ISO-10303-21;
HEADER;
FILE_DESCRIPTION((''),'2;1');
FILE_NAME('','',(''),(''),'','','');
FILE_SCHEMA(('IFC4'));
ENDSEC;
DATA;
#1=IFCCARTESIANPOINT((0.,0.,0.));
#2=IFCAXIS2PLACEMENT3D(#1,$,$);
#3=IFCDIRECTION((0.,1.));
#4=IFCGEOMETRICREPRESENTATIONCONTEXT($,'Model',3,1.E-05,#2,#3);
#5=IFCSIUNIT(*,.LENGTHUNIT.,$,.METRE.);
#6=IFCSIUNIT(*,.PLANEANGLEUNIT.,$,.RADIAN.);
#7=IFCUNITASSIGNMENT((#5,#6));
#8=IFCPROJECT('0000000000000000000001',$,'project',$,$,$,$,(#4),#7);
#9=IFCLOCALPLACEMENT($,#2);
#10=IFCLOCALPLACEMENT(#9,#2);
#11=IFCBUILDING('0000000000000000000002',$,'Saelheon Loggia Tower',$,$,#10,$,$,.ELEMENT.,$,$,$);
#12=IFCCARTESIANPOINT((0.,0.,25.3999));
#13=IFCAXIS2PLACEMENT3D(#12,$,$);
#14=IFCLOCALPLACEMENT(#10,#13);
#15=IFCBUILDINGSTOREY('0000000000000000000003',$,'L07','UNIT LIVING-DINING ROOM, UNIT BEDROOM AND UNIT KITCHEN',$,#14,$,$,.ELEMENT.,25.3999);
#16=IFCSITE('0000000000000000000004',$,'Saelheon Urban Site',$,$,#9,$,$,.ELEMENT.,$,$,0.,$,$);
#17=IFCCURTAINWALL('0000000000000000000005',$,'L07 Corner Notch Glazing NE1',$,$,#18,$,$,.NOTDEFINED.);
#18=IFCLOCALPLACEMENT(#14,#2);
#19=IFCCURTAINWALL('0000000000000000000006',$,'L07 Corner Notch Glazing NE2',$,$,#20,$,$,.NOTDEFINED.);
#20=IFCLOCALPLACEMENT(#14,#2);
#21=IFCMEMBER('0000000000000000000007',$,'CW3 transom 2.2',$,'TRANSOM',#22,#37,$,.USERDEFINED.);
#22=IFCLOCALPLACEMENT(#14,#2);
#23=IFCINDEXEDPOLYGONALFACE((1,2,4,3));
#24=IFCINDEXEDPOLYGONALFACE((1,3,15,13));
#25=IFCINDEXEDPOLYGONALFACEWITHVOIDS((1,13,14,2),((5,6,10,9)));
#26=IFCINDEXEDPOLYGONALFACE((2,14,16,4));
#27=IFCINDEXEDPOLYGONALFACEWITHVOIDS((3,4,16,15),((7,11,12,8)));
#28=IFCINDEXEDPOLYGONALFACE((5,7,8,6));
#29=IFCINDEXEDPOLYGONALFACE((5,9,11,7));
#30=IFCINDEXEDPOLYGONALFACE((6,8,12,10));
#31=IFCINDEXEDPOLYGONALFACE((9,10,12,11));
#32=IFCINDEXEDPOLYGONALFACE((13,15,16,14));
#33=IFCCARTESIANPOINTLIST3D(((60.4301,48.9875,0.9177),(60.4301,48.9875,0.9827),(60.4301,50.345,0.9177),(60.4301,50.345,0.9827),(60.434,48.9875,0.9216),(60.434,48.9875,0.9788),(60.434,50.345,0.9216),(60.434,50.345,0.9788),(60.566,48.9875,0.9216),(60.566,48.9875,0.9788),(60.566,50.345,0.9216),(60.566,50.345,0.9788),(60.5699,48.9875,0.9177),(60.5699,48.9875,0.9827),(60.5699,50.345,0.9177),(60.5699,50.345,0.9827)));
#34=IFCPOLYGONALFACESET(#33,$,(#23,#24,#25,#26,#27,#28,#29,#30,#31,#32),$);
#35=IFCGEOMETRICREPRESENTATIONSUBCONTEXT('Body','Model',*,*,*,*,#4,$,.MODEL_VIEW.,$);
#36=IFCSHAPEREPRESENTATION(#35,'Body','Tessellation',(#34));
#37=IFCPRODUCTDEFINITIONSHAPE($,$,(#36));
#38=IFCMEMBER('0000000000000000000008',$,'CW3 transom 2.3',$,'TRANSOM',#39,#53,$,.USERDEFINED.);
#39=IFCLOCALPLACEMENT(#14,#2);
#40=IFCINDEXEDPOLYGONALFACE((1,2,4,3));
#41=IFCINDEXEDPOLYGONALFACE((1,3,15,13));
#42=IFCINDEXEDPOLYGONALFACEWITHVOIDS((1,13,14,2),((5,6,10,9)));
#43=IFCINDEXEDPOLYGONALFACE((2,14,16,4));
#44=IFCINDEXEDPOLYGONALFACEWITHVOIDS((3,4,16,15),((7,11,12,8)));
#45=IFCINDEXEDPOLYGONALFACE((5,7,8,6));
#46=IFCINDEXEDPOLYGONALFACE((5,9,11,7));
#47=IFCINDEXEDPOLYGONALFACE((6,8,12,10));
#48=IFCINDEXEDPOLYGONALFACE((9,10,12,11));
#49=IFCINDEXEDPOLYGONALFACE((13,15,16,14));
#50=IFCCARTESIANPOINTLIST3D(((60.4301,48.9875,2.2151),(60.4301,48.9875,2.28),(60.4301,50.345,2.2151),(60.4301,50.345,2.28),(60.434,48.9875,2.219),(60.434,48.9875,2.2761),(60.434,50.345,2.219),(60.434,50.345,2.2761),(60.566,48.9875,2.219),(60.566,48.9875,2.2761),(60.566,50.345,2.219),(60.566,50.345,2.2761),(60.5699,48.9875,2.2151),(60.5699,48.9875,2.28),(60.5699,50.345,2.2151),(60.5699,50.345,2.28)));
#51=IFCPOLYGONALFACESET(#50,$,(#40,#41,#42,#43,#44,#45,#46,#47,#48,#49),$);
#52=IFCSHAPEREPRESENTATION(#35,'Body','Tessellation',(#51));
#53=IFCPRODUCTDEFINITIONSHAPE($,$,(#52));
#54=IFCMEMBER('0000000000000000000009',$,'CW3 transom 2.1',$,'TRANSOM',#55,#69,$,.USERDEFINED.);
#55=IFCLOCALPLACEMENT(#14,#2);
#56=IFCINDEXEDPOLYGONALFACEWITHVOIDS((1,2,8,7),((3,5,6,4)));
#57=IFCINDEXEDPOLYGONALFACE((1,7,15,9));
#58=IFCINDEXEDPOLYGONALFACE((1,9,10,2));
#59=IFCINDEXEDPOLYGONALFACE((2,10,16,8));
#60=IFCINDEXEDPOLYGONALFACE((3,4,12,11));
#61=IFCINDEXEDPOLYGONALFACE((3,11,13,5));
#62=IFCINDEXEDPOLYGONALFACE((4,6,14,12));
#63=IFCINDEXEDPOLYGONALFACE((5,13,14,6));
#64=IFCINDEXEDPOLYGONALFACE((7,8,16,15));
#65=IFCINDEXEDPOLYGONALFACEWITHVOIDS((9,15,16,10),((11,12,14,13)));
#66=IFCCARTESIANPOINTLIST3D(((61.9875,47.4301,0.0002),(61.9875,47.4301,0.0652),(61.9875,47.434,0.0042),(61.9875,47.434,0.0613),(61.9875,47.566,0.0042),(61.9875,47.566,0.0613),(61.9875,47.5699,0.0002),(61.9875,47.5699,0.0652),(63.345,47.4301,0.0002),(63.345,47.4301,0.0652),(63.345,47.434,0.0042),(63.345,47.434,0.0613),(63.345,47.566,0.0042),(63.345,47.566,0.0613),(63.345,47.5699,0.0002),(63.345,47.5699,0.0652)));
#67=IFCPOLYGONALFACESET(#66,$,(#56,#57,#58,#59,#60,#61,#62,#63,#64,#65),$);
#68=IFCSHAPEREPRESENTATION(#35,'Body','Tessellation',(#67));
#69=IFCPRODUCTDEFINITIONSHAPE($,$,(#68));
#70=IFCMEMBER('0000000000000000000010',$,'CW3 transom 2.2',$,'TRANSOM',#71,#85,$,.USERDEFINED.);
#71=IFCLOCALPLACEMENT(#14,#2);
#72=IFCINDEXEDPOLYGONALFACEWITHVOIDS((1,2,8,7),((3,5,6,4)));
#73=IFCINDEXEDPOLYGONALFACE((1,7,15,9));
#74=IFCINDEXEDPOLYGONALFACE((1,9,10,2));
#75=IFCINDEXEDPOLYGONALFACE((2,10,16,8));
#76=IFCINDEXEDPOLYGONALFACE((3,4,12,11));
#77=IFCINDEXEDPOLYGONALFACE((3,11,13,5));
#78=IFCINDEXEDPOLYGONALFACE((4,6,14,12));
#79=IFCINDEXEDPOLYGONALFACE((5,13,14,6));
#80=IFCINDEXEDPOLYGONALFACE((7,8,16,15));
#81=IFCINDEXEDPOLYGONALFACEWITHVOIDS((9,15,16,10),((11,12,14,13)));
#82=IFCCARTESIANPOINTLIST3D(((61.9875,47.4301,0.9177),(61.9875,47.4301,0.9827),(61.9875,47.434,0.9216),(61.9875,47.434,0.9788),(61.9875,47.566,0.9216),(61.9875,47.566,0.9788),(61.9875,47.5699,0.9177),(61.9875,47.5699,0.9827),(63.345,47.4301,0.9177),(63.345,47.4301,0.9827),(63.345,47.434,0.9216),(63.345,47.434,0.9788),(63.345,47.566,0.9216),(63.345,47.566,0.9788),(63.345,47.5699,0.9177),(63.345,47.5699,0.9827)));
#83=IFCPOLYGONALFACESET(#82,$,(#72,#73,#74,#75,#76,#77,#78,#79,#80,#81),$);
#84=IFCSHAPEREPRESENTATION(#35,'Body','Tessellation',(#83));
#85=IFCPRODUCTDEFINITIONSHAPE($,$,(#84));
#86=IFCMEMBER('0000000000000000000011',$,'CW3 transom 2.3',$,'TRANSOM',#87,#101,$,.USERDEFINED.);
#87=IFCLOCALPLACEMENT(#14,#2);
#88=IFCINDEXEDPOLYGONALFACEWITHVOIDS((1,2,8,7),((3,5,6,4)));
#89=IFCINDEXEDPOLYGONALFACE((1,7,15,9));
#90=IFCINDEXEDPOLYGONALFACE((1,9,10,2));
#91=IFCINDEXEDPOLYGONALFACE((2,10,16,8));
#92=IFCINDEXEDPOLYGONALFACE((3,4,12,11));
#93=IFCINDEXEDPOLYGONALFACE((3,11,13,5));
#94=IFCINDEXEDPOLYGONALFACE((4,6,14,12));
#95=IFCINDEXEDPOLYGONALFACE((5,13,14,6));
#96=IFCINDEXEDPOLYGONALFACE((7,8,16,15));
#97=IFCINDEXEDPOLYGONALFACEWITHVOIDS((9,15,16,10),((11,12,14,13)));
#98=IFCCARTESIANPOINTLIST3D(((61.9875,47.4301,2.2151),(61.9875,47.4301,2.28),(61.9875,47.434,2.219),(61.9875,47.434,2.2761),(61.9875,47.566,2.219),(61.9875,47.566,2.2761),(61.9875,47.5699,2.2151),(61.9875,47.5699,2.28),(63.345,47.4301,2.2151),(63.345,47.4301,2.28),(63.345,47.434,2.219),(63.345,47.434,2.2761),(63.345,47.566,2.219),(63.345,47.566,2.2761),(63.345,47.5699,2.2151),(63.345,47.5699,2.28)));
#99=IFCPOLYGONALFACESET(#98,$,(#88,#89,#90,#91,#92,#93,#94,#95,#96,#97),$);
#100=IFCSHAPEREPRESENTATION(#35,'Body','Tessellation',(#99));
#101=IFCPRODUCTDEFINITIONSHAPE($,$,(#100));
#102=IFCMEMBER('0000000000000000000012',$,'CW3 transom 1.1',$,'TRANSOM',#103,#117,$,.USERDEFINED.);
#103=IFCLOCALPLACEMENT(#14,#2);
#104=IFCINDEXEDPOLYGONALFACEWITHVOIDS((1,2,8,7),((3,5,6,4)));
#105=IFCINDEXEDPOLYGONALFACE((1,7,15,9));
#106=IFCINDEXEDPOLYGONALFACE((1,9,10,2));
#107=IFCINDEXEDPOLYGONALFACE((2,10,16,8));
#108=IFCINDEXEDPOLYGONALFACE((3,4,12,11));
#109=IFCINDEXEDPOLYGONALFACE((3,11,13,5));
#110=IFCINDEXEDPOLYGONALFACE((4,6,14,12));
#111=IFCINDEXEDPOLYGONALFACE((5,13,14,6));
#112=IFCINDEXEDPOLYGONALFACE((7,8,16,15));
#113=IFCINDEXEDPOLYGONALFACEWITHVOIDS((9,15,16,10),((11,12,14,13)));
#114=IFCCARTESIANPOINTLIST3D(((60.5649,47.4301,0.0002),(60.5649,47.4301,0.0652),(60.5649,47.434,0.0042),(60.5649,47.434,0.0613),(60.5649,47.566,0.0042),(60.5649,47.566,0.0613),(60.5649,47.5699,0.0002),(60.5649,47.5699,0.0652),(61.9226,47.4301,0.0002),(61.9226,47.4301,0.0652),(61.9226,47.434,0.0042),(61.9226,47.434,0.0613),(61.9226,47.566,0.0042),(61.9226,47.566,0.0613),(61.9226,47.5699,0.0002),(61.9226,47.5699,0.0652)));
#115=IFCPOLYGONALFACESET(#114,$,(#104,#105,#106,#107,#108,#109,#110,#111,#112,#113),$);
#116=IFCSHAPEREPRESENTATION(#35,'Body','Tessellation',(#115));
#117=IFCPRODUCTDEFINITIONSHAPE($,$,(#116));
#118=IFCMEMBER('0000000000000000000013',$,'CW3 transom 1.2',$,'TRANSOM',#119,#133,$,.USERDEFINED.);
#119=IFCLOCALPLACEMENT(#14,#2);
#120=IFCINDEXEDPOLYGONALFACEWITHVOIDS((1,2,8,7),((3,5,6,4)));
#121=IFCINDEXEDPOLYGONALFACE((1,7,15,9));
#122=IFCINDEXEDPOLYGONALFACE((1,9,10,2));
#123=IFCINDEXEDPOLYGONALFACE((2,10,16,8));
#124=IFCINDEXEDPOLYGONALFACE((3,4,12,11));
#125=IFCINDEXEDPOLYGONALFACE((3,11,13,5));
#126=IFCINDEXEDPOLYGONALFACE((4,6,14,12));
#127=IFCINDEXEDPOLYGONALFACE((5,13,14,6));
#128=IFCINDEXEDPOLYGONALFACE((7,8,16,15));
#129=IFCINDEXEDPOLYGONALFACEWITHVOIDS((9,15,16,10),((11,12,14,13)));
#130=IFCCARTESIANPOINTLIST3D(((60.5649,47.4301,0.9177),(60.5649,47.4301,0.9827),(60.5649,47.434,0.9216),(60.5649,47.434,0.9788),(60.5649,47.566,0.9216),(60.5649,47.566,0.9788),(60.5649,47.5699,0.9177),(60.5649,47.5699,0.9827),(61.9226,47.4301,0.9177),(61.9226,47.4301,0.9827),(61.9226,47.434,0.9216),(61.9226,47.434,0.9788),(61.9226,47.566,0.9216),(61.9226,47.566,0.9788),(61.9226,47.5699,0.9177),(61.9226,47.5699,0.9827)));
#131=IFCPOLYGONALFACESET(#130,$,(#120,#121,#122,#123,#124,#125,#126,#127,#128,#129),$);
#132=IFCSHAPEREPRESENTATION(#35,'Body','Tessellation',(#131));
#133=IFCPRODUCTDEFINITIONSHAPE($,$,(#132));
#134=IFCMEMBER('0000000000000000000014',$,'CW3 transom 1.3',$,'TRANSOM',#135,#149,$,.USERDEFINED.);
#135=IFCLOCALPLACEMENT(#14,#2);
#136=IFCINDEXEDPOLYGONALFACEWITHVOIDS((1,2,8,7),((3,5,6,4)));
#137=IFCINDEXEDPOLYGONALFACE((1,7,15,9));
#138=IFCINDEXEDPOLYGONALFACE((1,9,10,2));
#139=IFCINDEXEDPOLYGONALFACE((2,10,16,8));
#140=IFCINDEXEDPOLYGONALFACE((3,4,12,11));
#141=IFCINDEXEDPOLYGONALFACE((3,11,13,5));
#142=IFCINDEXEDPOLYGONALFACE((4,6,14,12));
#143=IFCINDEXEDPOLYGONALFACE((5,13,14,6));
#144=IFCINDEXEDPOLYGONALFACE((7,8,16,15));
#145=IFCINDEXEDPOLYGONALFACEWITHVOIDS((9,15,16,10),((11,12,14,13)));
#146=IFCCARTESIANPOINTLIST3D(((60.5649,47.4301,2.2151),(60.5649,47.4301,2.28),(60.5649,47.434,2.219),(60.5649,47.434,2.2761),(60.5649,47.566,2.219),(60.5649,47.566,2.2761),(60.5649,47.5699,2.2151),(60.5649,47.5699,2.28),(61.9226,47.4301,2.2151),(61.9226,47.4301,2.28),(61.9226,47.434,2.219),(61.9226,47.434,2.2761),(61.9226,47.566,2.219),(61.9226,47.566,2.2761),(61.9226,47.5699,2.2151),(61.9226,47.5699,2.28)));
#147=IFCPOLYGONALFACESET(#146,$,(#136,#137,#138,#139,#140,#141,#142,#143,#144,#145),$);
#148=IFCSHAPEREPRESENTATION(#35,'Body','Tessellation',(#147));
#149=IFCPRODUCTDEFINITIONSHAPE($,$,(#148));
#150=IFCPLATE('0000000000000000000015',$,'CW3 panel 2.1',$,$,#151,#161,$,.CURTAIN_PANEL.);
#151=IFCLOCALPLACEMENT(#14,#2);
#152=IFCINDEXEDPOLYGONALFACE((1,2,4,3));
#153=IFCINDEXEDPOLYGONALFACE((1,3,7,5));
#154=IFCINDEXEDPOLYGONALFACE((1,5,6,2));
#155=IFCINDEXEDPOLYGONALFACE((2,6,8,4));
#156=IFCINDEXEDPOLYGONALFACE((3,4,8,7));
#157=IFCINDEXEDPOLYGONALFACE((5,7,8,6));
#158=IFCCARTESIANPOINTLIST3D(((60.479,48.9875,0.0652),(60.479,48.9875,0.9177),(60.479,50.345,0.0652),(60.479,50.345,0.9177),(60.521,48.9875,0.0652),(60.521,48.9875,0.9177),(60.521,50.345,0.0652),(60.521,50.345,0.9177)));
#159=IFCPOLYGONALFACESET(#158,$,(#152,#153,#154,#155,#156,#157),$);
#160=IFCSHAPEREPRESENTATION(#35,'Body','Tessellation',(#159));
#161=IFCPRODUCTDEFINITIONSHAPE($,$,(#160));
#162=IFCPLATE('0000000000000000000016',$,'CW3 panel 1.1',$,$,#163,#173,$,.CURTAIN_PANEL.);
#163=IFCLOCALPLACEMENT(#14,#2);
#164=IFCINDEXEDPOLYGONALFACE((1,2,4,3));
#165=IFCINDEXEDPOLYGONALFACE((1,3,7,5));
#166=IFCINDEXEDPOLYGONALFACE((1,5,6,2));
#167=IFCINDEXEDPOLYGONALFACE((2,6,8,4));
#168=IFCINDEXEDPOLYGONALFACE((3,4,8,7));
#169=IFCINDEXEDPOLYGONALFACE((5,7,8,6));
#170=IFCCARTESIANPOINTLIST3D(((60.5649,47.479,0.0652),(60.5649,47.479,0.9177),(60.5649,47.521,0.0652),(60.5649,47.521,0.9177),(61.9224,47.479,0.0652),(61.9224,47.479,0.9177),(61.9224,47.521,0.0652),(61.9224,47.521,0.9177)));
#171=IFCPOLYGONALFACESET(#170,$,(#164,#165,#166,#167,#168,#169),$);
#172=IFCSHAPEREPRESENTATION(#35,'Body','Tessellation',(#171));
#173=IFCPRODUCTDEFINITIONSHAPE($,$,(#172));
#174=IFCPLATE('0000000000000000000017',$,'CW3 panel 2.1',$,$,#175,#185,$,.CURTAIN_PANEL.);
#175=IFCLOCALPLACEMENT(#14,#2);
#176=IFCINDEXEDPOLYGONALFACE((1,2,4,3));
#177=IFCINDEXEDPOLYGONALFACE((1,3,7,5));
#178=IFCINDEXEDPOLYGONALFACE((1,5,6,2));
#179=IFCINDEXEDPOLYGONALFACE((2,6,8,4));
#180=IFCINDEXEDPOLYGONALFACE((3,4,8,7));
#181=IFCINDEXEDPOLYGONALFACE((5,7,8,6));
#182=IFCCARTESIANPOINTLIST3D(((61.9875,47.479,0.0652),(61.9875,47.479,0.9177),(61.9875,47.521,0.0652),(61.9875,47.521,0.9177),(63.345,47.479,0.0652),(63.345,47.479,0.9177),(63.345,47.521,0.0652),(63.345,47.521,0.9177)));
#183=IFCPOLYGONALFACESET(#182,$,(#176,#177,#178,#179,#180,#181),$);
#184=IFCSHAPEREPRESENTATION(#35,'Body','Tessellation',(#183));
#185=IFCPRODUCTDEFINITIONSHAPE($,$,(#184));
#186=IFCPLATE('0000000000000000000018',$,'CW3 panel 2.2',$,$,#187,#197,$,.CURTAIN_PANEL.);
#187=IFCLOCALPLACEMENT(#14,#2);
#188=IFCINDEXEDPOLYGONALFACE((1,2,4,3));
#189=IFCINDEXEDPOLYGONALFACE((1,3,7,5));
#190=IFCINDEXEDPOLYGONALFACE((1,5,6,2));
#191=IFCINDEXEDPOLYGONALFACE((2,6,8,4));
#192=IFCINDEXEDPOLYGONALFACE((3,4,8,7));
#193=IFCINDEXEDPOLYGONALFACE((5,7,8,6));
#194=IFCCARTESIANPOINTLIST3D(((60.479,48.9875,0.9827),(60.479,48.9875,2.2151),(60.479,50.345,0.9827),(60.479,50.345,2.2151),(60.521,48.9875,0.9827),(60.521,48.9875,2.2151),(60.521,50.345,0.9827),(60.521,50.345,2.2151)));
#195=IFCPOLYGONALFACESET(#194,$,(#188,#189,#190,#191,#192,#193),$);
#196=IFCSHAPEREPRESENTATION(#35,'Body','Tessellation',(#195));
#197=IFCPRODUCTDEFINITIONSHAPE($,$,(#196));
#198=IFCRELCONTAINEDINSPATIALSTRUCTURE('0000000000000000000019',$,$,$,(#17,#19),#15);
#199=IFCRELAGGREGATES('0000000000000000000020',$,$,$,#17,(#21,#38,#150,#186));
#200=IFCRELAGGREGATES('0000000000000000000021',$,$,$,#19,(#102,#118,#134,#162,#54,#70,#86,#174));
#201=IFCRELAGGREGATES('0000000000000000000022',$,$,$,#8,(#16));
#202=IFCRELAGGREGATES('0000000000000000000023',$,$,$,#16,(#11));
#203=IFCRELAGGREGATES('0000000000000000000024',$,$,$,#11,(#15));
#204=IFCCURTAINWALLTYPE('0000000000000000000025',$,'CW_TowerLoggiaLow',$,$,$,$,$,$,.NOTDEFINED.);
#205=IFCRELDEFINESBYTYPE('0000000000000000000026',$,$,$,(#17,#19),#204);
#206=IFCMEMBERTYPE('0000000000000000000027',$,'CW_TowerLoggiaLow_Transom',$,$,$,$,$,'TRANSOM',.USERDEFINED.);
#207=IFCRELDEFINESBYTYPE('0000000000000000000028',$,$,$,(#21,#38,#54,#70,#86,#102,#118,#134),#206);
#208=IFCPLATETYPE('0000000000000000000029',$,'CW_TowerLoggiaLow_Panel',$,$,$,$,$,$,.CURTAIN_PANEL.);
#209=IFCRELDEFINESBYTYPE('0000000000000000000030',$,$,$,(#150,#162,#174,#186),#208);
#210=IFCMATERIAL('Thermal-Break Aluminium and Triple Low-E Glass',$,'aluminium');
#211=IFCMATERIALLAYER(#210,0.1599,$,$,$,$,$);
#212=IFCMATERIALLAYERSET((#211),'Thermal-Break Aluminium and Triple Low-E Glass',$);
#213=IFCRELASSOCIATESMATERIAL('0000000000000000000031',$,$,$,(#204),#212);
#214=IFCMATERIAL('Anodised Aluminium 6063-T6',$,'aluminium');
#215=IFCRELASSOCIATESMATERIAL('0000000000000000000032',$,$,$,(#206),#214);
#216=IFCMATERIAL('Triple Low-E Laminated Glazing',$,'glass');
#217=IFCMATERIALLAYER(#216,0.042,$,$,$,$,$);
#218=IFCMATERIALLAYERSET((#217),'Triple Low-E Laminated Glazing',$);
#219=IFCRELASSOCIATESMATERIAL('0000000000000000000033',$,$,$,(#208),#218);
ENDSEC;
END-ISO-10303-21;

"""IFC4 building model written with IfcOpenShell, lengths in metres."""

from ifc_helpers import new_model, si_unit, direction, frame, origin, origin_2d, place, context, subcontext, project, spatial, rectangle, hollow_rectangle, extrude, source, transform, mapped, material, layer, layer_set, material_profile, profile_set, type_object, element, aggregate, save


model = new_model("IFC4")

# Units and contexts
model_context = context("Model", 3, precision=1e-05, world=origin(), true_north=direction((0.0, 1.0)))
body_context = subcontext(model_context, "Body", "Model", "MODEL_VIEW")
ifc_project = project(units=[si_unit("LENGTHUNIT", "METRE"), si_unit("PLANEANGLEUNIT", "RADIAN")], contexts=[model_context])

# Site, building, storey
site_placement = place(None, origin())
site = spatial("IfcSite", under=ifc_project, at=site_placement, Name="Saelheon Urban Site", CompositionType="ELEMENT", RefElevation=0.0)
building_placement = place(site_placement, origin())
building = spatial("IfcBuilding", under=site, at=building_placement, Name="Saelheon Loggia Tower", CompositionType="ELEMENT")
storey_placement = place(building_placement, frame((0.0, 0.0, 25.3999)))
storey = spatial("IfcBuildingStorey", under=building, at=storey_placement, Name="L07", Description="UNIT LIVING-DINING ROOM, UNIT BEDROOM AND UNIT KITCHEN", CompositionType="ELEMENT", Elevation=25.3999)

# Curtain wall
ifc_material_1 = material(Name="Thermal-Break Aluminium and Triple Low-E Glass", Category="aluminium")
ifc_layer_1 = layer(ifc_material_1, 0.1599)
ifc_layer_set_1 = layer_set([ifc_layer_1], Name="Thermal-Break Aluminium and Triple Low-E Glass")
curtain_wall_type = type_object("IfcCurtainWallType", Name="CW_TowerLoggiaLow", PredefinedType="NOTDEFINED", material=ifc_layer_set_1)
curtain_wall_1_placement = place(storey_placement, origin())
curtain_wall_1 = element("IfcCurtainWall", 1, at=curtain_wall_1_placement, inside=storey, type_object=curtain_wall_type, Name="L07 Corner Notch Glazing NE1", PredefinedType="NOTDEFINED")
ifc_material_2 = material(Name="Anodised Aluminium 6063-T6", Category="aluminium")

# Curtain wall
curtain_wall_2_placement = place(storey_placement, origin())
curtain_wall_2 = element("IfcCurtainWall", 2, at=curtain_wall_2_placement, inside=storey, type_object=curtain_wall_type, Name="L07 Corner Notch Glazing NE2", PredefinedType="NOTDEFINED")

# Members
ifc_material_profile_1 = material_profile(ifc_material_2, hollow_rectangle(XDim=0.0649, YDim=0.1399, WallThickness=0.0039, at=origin_2d()), Name="RHS-140x65x4")
ifc_profile_set_1 = profile_set([ifc_material_profile_1], Name="Anodised Aluminium 6063-T6")
member_type_1 = type_object("IfcMemberType", Name="CW_TowerLoggiaLow_Transom", ElementType="TRANSOM", PredefinedType="USERDEFINED", material=ifc_profile_set_1)
shared_shape_1 = source(origin(), body_context, "Body", "SweptSolid", [
    extrude(hollow_rectangle(XDim=0.0649, YDim=0.1399, WallThickness=0.0039, at=origin_2d()), origin(), (0.0, 0.0, 1.0), 1.3574),
])
member_1_placement = place(storey_placement, frame((60.5, 48.9875, 0.9502), z_axis=(0.0, 1.0, 0.0), x_axis=(0.0, 0.0, 1.0)))
member_1 = element("IfcMember", 3, at=member_1_placement, type_object=member_type_1, Name="CW3 transom 2.2", ObjectType="TRANSOM", PredefinedType="USERDEFINED", context=body_context, shape_type="MappedRepresentation", body=[
    mapped(shared_shape_1, transform((0.0, 0.0, 0.0), scale=1.0)),
])
member_2_placement = place(storey_placement, frame((60.5, 48.9875, 2.2476), z_axis=(0.0, 1.0, 0.0), x_axis=(0.0, 0.0, 1.0)))
member_2 = element("IfcMember", 4, at=member_2_placement, type_object=member_type_1, Name="CW3 transom 2.3", ObjectType="TRANSOM", PredefinedType="USERDEFINED", context=body_context, shape_type="MappedRepresentation", body=[
    mapped(shared_shape_1, transform((0.0, 0.0, 0.0), scale=1.0)),
])
member_3_placement = place(storey_placement, frame((61.9875, 47.5, 0.0327), z_axis=(1.0, 0.0, 0.0), x_axis=(0.0, 0.0, 1.0)))
member_3 = element("IfcMember", 5, at=member_3_placement, type_object=member_type_1, Name="CW3 transom 2.1", ObjectType="TRANSOM", PredefinedType="USERDEFINED", context=body_context, shape_type="MappedRepresentation", body=[
    mapped(shared_shape_1, transform((0.0, 0.0, 0.0), scale=1.0)),
])
member_4_placement = place(storey_placement, frame((61.9875, 47.5, 0.9502), z_axis=(1.0, 0.0, 0.0), x_axis=(0.0, 0.0, 1.0)))
member_4 = element("IfcMember", 6, at=member_4_placement, type_object=member_type_1, Name="CW3 transom 2.2", ObjectType="TRANSOM", PredefinedType="USERDEFINED", context=body_context, shape_type="MappedRepresentation", body=[
    mapped(shared_shape_1, transform((0.0, 0.0, 0.0), scale=1.0)),
])
member_5_placement = place(storey_placement, frame((61.9875, 47.5, 2.2476), z_axis=(1.0, 0.0, 0.0), x_axis=(0.0, 0.0, 1.0)))
member_5 = element("IfcMember", 7, at=member_5_placement, type_object=member_type_1, Name="CW3 transom 2.3", ObjectType="TRANSOM", PredefinedType="USERDEFINED", context=body_context, shape_type="MappedRepresentation", body=[
    mapped(shared_shape_1, transform((0.0, 0.0, 0.0), scale=1.0)),
])
shared_shape_2 = source(origin(), body_context, "Body", "SweptSolid", [
    extrude(hollow_rectangle(XDim=0.0649, YDim=0.1399, WallThickness=0.0039, at=origin_2d()), origin(), (0.0, 0.0, 1.0), 1.3577),
])
member_6_placement = place(storey_placement, frame((60.5649, 47.5, 0.0327), z_axis=(1.0, 0.0, 0.0), x_axis=(0.0, 0.0, 1.0)))
member_6 = element("IfcMember", 8, at=member_6_placement, type_object=member_type_1, Name="CW3 transom 1.1", ObjectType="TRANSOM", PredefinedType="USERDEFINED", context=body_context, shape_type="MappedRepresentation", body=[
    mapped(shared_shape_2, transform((0.0, 0.0, 0.0), scale=1.0)),
])
member_7_placement = place(storey_placement, frame((60.5649, 47.5, 0.9502), z_axis=(1.0, 0.0, 0.0), x_axis=(0.0, 0.0, 1.0)))
member_7 = element("IfcMember", 9, at=member_7_placement, type_object=member_type_1, Name="CW3 transom 1.2", ObjectType="TRANSOM", PredefinedType="USERDEFINED", context=body_context, shape_type="MappedRepresentation", body=[
    mapped(shared_shape_2, transform((0.0, 0.0, 0.0), scale=1.0)),
])
member_8_placement = place(storey_placement, frame((60.5649, 47.5, 2.2476), z_axis=(1.0, 0.0, 0.0), x_axis=(0.0, 0.0, 1.0)))
member_8 = element("IfcMember", 10, at=member_8_placement, type_object=member_type_1, Name="CW3 transom 1.3", ObjectType="TRANSOM", PredefinedType="USERDEFINED", context=body_context, shape_type="MappedRepresentation", body=[
    mapped(shared_shape_2, transform((0.0, 0.0, 0.0), scale=1.0)),
])

# Plates
ifc_material_3 = material(Name="Triple Low-E Laminated Glazing", Category="glass")
ifc_layer_2 = layer(ifc_material_3, 0.042)
ifc_layer_set_2 = layer_set([ifc_layer_2], Name="Triple Low-E Laminated Glazing")
plate_type = type_object("IfcPlateType", Name="CW_TowerLoggiaLow_Panel", PredefinedType="CURTAIN_PANEL", material=ifc_layer_set_2)
shared_shape_3 = source(origin(), body_context, "Body", "SweptSolid", [
    extrude(rectangle(XDim=1.3574, YDim=0.042, at=origin_2d()), origin(), (0.0, 0.0, 1.0), 0.8525),
])
plate_1_placement = place(storey_placement, frame((60.5, 49.6663, 0.0652), z_axis=(0.0, 0.0, 1.0), x_axis=(0.0, 1.0, 0.0)))
plate_1 = element("IfcPlate", 11, at=plate_1_placement, type_object=plate_type, Name="CW3 panel 2.1", PredefinedType="CURTAIN_PANEL", context=body_context, shape_type="MappedRepresentation", body=[
    mapped(shared_shape_3, transform((0.0, 0.0, 0.0), scale=1.0)),
])
plate_2_placement = place(storey_placement, frame((61.2437, 47.5, 0.0652), z_axis=(0.0, 0.0, 1.0), x_axis=(1.0, 0.0, 0.0)))
plate_2 = element("IfcPlate", 12, at=plate_2_placement, type_object=plate_type, Name="CW3 panel 1.1", PredefinedType="CURTAIN_PANEL", context=body_context, shape_type="MappedRepresentation", body=[
    mapped(shared_shape_3, transform((0.0, 0.0, 0.0), scale=1.0)),
])
plate_3_placement = place(storey_placement, frame((62.6663, 47.5, 0.0652), z_axis=(0.0, 0.0, 1.0), x_axis=(1.0, 0.0, 0.0)))
plate_3 = element("IfcPlate", 13, at=plate_3_placement, type_object=plate_type, Name="CW3 panel 2.1", PredefinedType="CURTAIN_PANEL", context=body_context, shape_type="MappedRepresentation", body=[
    mapped(shared_shape_3, transform((0.0, 0.0, 0.0), scale=1.0)),
])
shared_shape_4 = source(origin(), body_context, "Body", "SweptSolid", [
    extrude(rectangle(XDim=1.3574, YDim=0.042, at=origin_2d()), origin(), (0.0, 0.0, 1.0), 1.2324),
])
plate_4_placement = place(storey_placement, frame((60.5, 49.6663, 0.9827), z_axis=(0.0, 0.0, 1.0), x_axis=(0.0, 1.0, 0.0)))
plate_4 = element("IfcPlate", 14, at=plate_4_placement, type_object=plate_type, Name="CW3 panel 2.2", PredefinedType="CURTAIN_PANEL", context=body_context, shape_type="MappedRepresentation", body=[
    mapped(shared_shape_4, transform((0.0, 0.0, 0.0), scale=1.0)),
])
aggregate(curtain_wall_1, [member_1, member_2, plate_1, plate_4])
aggregate(curtain_wall_2, [member_6, member_7, member_8, plate_2, member_3, member_4, member_5, plate_3])

save(model, "model.ifc")
